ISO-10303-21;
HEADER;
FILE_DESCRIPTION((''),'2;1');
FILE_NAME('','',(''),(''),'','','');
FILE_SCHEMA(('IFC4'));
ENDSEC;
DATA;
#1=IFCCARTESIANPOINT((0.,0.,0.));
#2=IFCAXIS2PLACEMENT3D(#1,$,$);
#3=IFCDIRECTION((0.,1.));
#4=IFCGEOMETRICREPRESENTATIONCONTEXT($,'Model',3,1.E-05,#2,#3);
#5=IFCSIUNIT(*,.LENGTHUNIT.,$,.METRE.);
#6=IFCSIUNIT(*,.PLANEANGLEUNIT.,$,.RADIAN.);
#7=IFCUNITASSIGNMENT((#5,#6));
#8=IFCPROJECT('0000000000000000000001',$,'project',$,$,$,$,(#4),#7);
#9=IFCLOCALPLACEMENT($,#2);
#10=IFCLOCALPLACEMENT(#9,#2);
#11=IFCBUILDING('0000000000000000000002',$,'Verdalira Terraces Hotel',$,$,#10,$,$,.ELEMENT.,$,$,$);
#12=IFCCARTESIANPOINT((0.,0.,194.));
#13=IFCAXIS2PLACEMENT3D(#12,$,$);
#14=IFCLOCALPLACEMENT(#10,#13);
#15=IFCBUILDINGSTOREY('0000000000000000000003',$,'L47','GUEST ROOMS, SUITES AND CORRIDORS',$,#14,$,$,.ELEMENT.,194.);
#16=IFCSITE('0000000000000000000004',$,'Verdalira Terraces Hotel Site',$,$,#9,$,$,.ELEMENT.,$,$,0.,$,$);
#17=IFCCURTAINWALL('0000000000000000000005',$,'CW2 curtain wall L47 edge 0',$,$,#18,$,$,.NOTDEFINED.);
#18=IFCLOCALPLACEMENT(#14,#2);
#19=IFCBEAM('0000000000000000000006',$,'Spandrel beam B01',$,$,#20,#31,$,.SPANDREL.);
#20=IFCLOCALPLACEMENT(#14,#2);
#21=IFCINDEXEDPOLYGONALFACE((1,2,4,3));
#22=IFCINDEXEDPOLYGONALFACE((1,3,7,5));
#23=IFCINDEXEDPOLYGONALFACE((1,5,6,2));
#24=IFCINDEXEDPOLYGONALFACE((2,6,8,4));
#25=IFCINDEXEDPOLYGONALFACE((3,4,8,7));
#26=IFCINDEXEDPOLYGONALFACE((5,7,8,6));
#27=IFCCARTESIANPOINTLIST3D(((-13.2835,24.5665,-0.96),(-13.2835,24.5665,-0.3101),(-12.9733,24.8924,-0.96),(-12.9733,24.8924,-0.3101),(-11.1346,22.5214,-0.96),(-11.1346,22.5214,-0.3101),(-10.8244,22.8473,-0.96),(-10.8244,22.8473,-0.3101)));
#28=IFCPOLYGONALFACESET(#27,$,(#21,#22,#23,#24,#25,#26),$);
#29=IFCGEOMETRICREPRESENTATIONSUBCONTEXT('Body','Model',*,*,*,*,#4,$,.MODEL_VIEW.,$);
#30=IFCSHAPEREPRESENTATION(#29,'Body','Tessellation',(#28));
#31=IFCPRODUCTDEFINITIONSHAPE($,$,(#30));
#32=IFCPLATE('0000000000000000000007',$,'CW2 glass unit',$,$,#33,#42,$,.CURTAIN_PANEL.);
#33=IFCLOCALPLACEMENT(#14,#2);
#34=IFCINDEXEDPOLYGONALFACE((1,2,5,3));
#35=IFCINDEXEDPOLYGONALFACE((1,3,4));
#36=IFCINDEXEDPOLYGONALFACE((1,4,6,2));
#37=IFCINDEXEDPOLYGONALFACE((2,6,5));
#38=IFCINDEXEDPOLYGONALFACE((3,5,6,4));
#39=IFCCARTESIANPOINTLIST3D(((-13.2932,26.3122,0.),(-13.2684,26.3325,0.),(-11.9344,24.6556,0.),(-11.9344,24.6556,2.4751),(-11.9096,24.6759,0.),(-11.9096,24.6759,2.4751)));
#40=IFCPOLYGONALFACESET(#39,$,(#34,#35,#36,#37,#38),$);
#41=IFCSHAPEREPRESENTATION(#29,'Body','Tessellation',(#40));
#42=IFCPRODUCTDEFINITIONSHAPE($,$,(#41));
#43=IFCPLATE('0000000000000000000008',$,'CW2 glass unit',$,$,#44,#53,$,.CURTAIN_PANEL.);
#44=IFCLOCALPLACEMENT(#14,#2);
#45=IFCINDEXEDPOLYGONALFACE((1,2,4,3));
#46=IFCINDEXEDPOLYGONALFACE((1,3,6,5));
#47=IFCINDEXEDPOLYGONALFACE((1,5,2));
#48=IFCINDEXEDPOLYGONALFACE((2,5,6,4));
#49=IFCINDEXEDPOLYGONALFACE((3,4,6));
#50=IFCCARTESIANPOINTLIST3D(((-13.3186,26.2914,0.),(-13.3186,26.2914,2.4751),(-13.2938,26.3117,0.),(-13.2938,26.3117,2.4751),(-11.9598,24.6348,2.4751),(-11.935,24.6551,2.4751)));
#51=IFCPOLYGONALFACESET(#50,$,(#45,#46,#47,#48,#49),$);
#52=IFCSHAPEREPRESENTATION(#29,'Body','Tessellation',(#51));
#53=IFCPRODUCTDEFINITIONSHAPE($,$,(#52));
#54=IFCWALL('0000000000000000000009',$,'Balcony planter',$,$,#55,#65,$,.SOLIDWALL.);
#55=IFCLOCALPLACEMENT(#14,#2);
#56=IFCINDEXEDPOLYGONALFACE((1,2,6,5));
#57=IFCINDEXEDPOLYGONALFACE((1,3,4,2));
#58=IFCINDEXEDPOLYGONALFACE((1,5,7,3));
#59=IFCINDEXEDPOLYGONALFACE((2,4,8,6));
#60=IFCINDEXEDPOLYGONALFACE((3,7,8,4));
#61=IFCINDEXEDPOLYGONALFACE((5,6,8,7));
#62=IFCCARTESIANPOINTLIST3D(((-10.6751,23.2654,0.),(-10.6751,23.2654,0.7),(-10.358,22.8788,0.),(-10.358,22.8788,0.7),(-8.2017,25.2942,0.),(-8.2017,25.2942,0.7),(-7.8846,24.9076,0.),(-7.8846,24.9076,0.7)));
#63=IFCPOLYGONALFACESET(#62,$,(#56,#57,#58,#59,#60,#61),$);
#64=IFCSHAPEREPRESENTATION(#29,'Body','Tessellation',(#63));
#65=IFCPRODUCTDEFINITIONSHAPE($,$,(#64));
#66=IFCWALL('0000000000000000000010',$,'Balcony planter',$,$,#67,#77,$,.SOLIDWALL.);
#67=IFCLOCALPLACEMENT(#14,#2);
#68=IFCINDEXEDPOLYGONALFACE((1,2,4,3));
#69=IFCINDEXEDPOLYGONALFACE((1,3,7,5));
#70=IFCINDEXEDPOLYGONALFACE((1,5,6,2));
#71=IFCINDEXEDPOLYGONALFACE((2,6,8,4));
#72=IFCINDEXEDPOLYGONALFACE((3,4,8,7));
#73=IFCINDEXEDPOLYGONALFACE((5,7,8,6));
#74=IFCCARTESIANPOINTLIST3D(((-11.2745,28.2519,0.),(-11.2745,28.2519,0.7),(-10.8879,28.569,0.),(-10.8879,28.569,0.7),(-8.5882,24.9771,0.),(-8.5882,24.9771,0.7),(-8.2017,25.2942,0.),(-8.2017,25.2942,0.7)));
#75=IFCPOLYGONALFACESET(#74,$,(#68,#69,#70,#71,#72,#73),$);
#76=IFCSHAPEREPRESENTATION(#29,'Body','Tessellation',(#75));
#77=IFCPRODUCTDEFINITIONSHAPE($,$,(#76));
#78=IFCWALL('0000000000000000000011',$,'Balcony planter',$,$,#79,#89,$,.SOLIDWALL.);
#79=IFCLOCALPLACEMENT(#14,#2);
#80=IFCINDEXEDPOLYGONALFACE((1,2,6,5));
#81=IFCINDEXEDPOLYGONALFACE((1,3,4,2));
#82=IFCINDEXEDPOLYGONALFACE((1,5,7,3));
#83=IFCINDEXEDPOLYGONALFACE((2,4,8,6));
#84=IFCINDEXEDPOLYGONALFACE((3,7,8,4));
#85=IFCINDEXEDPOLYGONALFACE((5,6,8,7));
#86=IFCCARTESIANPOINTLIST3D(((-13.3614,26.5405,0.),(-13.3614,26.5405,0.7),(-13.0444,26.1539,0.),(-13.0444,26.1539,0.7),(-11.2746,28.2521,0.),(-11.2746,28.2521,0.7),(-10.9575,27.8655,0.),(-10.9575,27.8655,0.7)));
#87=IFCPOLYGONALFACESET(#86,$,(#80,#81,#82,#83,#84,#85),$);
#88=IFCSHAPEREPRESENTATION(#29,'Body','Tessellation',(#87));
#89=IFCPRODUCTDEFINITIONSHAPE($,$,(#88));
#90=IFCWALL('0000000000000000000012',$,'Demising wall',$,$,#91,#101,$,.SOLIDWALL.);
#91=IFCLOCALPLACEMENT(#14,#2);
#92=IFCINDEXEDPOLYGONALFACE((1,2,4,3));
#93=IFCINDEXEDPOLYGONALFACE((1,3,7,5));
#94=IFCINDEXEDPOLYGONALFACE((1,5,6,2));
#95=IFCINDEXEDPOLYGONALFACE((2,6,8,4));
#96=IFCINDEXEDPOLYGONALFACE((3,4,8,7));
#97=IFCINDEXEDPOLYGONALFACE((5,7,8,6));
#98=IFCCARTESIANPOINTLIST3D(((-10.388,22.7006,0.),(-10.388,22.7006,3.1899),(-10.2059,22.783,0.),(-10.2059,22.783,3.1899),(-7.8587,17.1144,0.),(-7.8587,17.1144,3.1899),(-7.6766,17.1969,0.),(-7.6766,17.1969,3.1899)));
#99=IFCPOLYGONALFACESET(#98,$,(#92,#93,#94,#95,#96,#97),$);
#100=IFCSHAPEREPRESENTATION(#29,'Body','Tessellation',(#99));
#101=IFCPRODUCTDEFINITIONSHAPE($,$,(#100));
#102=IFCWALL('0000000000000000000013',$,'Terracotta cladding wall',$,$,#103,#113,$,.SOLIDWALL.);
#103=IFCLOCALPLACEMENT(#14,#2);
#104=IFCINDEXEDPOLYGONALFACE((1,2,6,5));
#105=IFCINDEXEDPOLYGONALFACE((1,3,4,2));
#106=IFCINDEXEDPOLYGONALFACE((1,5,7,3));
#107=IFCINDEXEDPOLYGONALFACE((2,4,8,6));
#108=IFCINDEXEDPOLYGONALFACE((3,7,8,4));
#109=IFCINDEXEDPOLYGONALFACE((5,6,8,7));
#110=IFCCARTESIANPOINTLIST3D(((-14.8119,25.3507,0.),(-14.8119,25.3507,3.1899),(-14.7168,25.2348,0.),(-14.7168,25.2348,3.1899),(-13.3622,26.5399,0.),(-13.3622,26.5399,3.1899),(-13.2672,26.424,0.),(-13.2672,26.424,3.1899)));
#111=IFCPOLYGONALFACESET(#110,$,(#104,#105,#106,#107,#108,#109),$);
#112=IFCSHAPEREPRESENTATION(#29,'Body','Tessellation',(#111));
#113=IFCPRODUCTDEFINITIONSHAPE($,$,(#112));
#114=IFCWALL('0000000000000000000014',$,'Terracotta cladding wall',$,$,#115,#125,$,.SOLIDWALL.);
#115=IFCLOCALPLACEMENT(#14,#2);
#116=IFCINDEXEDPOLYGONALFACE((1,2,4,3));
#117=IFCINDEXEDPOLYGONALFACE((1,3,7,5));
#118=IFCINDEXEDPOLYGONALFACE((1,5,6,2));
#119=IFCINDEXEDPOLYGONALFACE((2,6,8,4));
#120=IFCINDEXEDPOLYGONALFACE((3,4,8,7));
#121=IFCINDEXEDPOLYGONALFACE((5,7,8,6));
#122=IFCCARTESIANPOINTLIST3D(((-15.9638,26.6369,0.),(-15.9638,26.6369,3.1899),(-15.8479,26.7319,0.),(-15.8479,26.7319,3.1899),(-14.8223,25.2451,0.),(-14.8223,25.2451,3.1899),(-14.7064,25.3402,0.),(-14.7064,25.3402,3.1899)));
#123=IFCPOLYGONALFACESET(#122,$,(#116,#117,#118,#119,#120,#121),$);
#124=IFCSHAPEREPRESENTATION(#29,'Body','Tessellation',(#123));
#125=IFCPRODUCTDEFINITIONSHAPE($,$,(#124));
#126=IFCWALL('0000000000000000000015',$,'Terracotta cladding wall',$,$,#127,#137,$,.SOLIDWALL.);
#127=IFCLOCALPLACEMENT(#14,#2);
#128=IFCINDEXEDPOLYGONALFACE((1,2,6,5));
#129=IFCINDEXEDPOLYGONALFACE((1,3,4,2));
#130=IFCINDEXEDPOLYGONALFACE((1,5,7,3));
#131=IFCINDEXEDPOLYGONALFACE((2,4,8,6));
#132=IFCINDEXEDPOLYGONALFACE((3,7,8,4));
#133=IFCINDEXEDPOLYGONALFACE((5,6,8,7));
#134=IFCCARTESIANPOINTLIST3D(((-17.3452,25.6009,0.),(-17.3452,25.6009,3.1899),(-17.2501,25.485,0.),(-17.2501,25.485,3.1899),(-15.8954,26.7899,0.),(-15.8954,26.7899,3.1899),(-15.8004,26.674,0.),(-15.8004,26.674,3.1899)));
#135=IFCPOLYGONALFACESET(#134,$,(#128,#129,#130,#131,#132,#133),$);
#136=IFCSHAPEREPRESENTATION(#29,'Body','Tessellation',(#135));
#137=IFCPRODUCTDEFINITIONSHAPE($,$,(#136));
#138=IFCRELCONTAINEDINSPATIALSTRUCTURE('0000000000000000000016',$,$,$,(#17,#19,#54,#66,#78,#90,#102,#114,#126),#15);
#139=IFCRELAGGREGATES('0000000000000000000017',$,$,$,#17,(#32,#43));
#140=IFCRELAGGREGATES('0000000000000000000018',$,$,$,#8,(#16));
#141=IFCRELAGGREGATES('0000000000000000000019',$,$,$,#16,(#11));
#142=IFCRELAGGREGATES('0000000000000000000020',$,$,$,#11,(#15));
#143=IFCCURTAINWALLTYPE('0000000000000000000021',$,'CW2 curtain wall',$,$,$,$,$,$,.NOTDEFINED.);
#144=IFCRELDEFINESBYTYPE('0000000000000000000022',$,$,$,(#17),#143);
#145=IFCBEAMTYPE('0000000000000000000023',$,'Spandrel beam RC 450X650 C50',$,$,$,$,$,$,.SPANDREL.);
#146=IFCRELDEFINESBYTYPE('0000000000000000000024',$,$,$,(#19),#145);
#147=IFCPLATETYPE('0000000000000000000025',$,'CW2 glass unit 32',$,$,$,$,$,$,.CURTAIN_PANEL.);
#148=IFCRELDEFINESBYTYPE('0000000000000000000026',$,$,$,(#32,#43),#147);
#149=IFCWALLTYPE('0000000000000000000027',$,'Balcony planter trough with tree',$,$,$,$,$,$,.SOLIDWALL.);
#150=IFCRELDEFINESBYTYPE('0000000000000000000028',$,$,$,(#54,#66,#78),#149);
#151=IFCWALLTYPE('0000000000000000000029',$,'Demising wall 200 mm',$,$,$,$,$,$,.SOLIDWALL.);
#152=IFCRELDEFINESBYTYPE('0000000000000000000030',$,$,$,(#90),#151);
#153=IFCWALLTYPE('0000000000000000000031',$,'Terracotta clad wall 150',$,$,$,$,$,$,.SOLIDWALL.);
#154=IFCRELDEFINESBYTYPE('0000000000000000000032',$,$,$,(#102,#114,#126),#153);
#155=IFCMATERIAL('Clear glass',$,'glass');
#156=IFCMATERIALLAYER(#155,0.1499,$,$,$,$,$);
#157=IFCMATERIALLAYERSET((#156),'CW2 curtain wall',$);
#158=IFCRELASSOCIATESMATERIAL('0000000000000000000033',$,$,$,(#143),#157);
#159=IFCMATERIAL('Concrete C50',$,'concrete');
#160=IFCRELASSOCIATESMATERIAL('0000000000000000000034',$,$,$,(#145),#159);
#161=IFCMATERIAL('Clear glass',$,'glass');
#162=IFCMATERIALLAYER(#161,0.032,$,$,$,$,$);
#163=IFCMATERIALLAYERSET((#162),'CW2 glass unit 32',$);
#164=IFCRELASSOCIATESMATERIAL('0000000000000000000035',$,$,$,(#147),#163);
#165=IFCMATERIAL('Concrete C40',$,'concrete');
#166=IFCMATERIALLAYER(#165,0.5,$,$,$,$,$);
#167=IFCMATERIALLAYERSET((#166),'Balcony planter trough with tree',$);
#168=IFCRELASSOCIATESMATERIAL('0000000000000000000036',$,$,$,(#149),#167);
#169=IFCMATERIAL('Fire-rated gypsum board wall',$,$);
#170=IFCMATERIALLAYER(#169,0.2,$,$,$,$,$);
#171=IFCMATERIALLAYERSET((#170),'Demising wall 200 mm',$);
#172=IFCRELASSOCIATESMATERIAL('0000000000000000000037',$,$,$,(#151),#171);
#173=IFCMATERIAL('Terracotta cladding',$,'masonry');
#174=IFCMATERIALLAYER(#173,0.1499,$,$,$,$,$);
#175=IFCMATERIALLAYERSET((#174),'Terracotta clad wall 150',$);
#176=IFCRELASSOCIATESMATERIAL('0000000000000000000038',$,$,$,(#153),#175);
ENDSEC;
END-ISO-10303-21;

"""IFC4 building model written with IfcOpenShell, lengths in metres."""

from ifc_helpers import new_model, si_unit, direction, frame, frame_2d, origin, origin_2d, place, context, subcontext, project, spatial, polyline, rectangle, outline, extrude, material, layer, layer_set, material_profile, profile_set, type_object, element, aggregate, save


model = new_model("IFC4")

# Units and contexts
model_context = context("Model", 3, precision=1e-05, world=origin(), true_north=direction((0.0, 1.0)))
body_context = subcontext(model_context, "Body", "Model", "MODEL_VIEW")
ifc_project = project(units=[si_unit("LENGTHUNIT", "METRE"), si_unit("PLANEANGLEUNIT", "RADIAN")], contexts=[model_context])

# Site, building, storey
site_placement = place(None, origin())
site = spatial("IfcSite", under=ifc_project, at=site_placement, Name="Verdalira Terraces Hotel Site", CompositionType="ELEMENT", RefElevation=0.0)
building_placement = place(site_placement, origin())
building = spatial("IfcBuilding", under=site, at=building_placement, Name="Verdalira Terraces Hotel", CompositionType="ELEMENT")
storey_placement = place(building_placement, frame((0.0, 0.0, 194.0)))
storey = spatial("IfcBuildingStorey", under=building, at=storey_placement, Name="L47", Description="GUEST ROOMS, SUITES AND CORRIDORS", CompositionType="ELEMENT", Elevation=194.0)

# Curtain wall
ifc_material_1 = material(Name="Clear glass", Category="glass")
ifc_layer_1 = layer(ifc_material_1, 0.1499)
ifc_layer_set_1 = layer_set([ifc_layer_1], Name="CW2 curtain wall")
curtain_wall_type_1 = type_object("IfcCurtainWallType", Name="CW2 curtain wall", PredefinedType="NOTDEFINED", material=ifc_layer_set_1)
curtain_wall_1_placement = place(storey_placement, origin())
curtain_wall_1 = element("IfcCurtainWall", 1, at=curtain_wall_1_placement, inside=storey, type_object=curtain_wall_type_1, Name="CW2 curtain wall L47 edge 0", PredefinedType="NOTDEFINED")

# Beam
ifc_material_2 = material(Name="Concrete C50", Category="concrete")
ifc_material_profile_1 = material_profile(ifc_material_2, rectangle(XDim=0.45, YDim=0.6499, at=origin_2d()), Name="RC 450X650")
ifc_profile_set_1 = profile_set([ifc_material_profile_1], Name="Concrete C50")
beam_type_1 = type_object("IfcBeamType", Name="Spandrel beam RC 450X650 C50", PredefinedType="SPANDREL", material=ifc_profile_set_1)
beam_1_placement = place(storey_placement, frame((-10.9795, 22.6843, -0.635), z_axis=(-0.724379, 0.689402, 0.0), x_axis=(-0.689402, -0.724379, 0.0)))
element("IfcBeam", 2, at=beam_1_placement, inside=storey, type_object=beam_type_1, Name="Spandrel beam B01", PredefinedType="SPANDREL", context=body_context, shape_type="SweptSolid", body=[
    extrude(rectangle(XDim=0.45, YDim=0.6499, at=origin_2d()), origin(), (0.0, 0.0, 1.0), 2.9666),
])

# Plates
ifc_material_3 = material(Name="Clear glass", Category="glass")
ifc_layer_2 = layer(ifc_material_3, 0.032)
ifc_layer_set_2 = layer_set([ifc_layer_2], Name="CW2 glass unit 32")
plate_type = type_object("IfcPlateType", Name="CW2 glass unit 32", PredefinedType="CURTAIN_PANEL", material=ifc_layer_set_2)
plate_1_placement = place(storey_placement, frame((-12.6138, 25.4839, 1.2375), z_axis=(0.773177, 0.634191, 0.0), x_axis=(-0.634191, 0.773177, 0.0)))
plate_1 = element("IfcPlate", 3, at=plate_1_placement, type_object=plate_type, Name="CW2 glass unit", PredefinedType="CURTAIN_PANEL", context=body_context, shape_type="SweptSolid", body=[
    extrude(outline(polyline([(-1.0713, -1.2375), (1.0713, -1.2375), (-1.0713, 1.2375), (-1.0713, -1.2375)])), origin(), (0.0, 0.0, 1.0), 0.032),
])
plate_2_placement = place(storey_placement, frame((-12.6392, 25.4631, 1.2375), z_axis=(0.773177, 0.634191, 0.0), x_axis=(-0.634191, 0.773177, 0.0)))
plate_2 = element("IfcPlate", 4, at=plate_2_placement, type_object=plate_type, Name="CW2 glass unit", PredefinedType="CURTAIN_PANEL", context=body_context, shape_type="SweptSolid", body=[
    extrude(outline(polyline([(1.0713, -1.2375), (1.0713, 1.2375), (-1.0713, 1.2375), (1.0713, -1.2375)])), origin(), (0.0, 0.0, 1.0), 0.032),
])
aggregate(curtain_wall_1, [plate_1, plate_2])

# Walls
ifc_material_4 = material(Name="Concrete C40", Category="concrete")
ifc_layer_3 = layer(ifc_material_4, 0.5)
ifc_layer_set_3 = layer_set([ifc_layer_3], Name="Balcony planter trough with tree")
wall_type_1 = type_object("IfcWallType", Name="Balcony planter trough with tree", PredefinedType="SOLIDWALL", material=ifc_layer_set_3)
wall_1_placement = place(storey_placement, frame((-10.5166, 23.072, 0.0), z_axis=(0.0, 0.0, 1.0), x_axis=(0.773171, 0.634197, 0.0)))
element("IfcWall", 5, at=wall_1_placement, inside=storey, type_object=wall_type_1, Name="Balcony planter", PredefinedType="SOLIDWALL", context=body_context, shape_type="SweptSolid", body=[
    extrude(rectangle(XDim=3.199, YDim=0.5, at=frame_2d((1.5996, 0.0))), origin(), (0.0, 0.0, 1.0), 0.7),
])
wall_2_placement = place(storey_placement, frame((-8.395, 25.1357, 0.0), z_axis=(0.0, 0.0, 1.0), x_axis=(-0.634201, 0.773168, 0.0)))
element("IfcWall", 6, at=wall_2_placement, inside=storey, type_object=wall_type_1, Name="Balcony planter", PredefinedType="SOLIDWALL", context=body_context, shape_type="SweptSolid", body=[
    extrude(rectangle(XDim=4.2356, YDim=0.5, at=frame_2d((2.1177, 0.0))), origin(), (0.0, 0.0, 1.0), 0.7),
])
wall_3_placement = place(storey_placement, frame((-11.116, 28.0588, 0.0), z_axis=(0.0, 0.0, 1.0), x_axis=(-0.773195, -0.634168, 0.0)))
element("IfcWall", 7, at=wall_3_placement, inside=storey, type_object=wall_type_1, Name="Balcony planter", PredefinedType="SOLIDWALL", context=body_context, shape_type="SweptSolid", body=[
    extrude(rectangle(XDim=2.699, YDim=0.5, at=frame_2d((1.3496, 0.0))), origin(), (0.0, 0.0, 1.0), 0.7),
])
ifc_material_5 = material(Name="Fire-rated gypsum board wall")
ifc_layer_4 = layer(ifc_material_5, 0.2)
ifc_layer_set_4 = layer_set([ifc_layer_4], Name="Demising wall 200 mm")
wall_type_2 = type_object("IfcWallType", Name="Demising wall 200 mm", PredefinedType="SOLIDWALL", material=ifc_layer_set_4)
wall_4_placement = place(storey_placement, frame((-10.2969, 22.7417, 0.0), z_axis=(0.0, 0.0, 1.0), x_axis=(0.412468, -0.910972, 0.0)))
element("IfcWall", 8, at=wall_4_placement, inside=storey, type_object=wall_type_2, Name="Demising wall", PredefinedType="SOLIDWALL", context=body_context, shape_type="SweptSolid", body=[
    extrude(rectangle(XDim=6.1321, YDim=0.2, at=frame_2d((3.0659, 0.0))), origin(), (0.0, 0.0, 1.0), 3.1899),
])
ifc_material_6 = material(Name="Terracotta cladding", Category="masonry")
ifc_layer_5 = layer(ifc_material_6, 0.1499)
ifc_layer_set_5 = layer_set([ifc_layer_5], Name="Terracotta clad wall 150")
wall_type_3 = type_object("IfcWallType", Name="Terracotta clad wall 150", PredefinedType="SOLIDWALL", material=ifc_layer_set_5)
wall_5_placement = place(storey_placement, frame((-13.3147, 26.4819, 0.0), z_axis=(0.0, 0.0, 1.0), x_axis=(-0.77315, -0.634223, 0.0)))
element("IfcWall", 9, at=wall_5_placement, inside=storey, type_object=wall_type_3, Name="Terracotta cladding wall", PredefinedType="SOLIDWALL", context=body_context, shape_type="SweptSolid", body=[
    extrude(rectangle(XDim=1.875, YDim=0.1499, at=frame_2d((0.9375, 0.0))), origin(), (0.0, 0.0, 1.0), 3.1899),
])
wall_6_placement = place(storey_placement, frame((-14.7644, 25.2927, 0.0), z_axis=(0.0, 0.0, 1.0), x_axis=(-0.634175, 0.773189, 0.0)))
element("IfcWall", 10, at=wall_6_placement, inside=storey, type_object=wall_type_3, Name="Terracotta cladding wall", PredefinedType="SOLIDWALL", context=body_context, shape_type="SweptSolid", body=[
    extrude(rectangle(XDim=1.8, YDim=0.1499, at=frame_2d((0.8999, 0.0))), origin(), (0.0, 0.0, 1.0), 3.1899),
])
wall_7_placement = place(storey_placement, frame((-15.8479, 26.7319, 0.0), z_axis=(0.0, 0.0, 1.0), x_axis=(-0.773214, -0.634145, 0.0)))
element("IfcWall", 11, at=wall_7_placement, inside=storey, type_object=wall_type_3, Name="Terracotta cladding wall", PredefinedType="SOLIDWALL", context=body_context, shape_type="SweptSolid", body=[
    extrude(rectangle(XDim=1.875, YDim=0.1499, at=frame_2d((0.9375, 0.0))), origin(), (0.0, 0.0, 1.0), 3.1899),
])

save(model, "model.ifc")
